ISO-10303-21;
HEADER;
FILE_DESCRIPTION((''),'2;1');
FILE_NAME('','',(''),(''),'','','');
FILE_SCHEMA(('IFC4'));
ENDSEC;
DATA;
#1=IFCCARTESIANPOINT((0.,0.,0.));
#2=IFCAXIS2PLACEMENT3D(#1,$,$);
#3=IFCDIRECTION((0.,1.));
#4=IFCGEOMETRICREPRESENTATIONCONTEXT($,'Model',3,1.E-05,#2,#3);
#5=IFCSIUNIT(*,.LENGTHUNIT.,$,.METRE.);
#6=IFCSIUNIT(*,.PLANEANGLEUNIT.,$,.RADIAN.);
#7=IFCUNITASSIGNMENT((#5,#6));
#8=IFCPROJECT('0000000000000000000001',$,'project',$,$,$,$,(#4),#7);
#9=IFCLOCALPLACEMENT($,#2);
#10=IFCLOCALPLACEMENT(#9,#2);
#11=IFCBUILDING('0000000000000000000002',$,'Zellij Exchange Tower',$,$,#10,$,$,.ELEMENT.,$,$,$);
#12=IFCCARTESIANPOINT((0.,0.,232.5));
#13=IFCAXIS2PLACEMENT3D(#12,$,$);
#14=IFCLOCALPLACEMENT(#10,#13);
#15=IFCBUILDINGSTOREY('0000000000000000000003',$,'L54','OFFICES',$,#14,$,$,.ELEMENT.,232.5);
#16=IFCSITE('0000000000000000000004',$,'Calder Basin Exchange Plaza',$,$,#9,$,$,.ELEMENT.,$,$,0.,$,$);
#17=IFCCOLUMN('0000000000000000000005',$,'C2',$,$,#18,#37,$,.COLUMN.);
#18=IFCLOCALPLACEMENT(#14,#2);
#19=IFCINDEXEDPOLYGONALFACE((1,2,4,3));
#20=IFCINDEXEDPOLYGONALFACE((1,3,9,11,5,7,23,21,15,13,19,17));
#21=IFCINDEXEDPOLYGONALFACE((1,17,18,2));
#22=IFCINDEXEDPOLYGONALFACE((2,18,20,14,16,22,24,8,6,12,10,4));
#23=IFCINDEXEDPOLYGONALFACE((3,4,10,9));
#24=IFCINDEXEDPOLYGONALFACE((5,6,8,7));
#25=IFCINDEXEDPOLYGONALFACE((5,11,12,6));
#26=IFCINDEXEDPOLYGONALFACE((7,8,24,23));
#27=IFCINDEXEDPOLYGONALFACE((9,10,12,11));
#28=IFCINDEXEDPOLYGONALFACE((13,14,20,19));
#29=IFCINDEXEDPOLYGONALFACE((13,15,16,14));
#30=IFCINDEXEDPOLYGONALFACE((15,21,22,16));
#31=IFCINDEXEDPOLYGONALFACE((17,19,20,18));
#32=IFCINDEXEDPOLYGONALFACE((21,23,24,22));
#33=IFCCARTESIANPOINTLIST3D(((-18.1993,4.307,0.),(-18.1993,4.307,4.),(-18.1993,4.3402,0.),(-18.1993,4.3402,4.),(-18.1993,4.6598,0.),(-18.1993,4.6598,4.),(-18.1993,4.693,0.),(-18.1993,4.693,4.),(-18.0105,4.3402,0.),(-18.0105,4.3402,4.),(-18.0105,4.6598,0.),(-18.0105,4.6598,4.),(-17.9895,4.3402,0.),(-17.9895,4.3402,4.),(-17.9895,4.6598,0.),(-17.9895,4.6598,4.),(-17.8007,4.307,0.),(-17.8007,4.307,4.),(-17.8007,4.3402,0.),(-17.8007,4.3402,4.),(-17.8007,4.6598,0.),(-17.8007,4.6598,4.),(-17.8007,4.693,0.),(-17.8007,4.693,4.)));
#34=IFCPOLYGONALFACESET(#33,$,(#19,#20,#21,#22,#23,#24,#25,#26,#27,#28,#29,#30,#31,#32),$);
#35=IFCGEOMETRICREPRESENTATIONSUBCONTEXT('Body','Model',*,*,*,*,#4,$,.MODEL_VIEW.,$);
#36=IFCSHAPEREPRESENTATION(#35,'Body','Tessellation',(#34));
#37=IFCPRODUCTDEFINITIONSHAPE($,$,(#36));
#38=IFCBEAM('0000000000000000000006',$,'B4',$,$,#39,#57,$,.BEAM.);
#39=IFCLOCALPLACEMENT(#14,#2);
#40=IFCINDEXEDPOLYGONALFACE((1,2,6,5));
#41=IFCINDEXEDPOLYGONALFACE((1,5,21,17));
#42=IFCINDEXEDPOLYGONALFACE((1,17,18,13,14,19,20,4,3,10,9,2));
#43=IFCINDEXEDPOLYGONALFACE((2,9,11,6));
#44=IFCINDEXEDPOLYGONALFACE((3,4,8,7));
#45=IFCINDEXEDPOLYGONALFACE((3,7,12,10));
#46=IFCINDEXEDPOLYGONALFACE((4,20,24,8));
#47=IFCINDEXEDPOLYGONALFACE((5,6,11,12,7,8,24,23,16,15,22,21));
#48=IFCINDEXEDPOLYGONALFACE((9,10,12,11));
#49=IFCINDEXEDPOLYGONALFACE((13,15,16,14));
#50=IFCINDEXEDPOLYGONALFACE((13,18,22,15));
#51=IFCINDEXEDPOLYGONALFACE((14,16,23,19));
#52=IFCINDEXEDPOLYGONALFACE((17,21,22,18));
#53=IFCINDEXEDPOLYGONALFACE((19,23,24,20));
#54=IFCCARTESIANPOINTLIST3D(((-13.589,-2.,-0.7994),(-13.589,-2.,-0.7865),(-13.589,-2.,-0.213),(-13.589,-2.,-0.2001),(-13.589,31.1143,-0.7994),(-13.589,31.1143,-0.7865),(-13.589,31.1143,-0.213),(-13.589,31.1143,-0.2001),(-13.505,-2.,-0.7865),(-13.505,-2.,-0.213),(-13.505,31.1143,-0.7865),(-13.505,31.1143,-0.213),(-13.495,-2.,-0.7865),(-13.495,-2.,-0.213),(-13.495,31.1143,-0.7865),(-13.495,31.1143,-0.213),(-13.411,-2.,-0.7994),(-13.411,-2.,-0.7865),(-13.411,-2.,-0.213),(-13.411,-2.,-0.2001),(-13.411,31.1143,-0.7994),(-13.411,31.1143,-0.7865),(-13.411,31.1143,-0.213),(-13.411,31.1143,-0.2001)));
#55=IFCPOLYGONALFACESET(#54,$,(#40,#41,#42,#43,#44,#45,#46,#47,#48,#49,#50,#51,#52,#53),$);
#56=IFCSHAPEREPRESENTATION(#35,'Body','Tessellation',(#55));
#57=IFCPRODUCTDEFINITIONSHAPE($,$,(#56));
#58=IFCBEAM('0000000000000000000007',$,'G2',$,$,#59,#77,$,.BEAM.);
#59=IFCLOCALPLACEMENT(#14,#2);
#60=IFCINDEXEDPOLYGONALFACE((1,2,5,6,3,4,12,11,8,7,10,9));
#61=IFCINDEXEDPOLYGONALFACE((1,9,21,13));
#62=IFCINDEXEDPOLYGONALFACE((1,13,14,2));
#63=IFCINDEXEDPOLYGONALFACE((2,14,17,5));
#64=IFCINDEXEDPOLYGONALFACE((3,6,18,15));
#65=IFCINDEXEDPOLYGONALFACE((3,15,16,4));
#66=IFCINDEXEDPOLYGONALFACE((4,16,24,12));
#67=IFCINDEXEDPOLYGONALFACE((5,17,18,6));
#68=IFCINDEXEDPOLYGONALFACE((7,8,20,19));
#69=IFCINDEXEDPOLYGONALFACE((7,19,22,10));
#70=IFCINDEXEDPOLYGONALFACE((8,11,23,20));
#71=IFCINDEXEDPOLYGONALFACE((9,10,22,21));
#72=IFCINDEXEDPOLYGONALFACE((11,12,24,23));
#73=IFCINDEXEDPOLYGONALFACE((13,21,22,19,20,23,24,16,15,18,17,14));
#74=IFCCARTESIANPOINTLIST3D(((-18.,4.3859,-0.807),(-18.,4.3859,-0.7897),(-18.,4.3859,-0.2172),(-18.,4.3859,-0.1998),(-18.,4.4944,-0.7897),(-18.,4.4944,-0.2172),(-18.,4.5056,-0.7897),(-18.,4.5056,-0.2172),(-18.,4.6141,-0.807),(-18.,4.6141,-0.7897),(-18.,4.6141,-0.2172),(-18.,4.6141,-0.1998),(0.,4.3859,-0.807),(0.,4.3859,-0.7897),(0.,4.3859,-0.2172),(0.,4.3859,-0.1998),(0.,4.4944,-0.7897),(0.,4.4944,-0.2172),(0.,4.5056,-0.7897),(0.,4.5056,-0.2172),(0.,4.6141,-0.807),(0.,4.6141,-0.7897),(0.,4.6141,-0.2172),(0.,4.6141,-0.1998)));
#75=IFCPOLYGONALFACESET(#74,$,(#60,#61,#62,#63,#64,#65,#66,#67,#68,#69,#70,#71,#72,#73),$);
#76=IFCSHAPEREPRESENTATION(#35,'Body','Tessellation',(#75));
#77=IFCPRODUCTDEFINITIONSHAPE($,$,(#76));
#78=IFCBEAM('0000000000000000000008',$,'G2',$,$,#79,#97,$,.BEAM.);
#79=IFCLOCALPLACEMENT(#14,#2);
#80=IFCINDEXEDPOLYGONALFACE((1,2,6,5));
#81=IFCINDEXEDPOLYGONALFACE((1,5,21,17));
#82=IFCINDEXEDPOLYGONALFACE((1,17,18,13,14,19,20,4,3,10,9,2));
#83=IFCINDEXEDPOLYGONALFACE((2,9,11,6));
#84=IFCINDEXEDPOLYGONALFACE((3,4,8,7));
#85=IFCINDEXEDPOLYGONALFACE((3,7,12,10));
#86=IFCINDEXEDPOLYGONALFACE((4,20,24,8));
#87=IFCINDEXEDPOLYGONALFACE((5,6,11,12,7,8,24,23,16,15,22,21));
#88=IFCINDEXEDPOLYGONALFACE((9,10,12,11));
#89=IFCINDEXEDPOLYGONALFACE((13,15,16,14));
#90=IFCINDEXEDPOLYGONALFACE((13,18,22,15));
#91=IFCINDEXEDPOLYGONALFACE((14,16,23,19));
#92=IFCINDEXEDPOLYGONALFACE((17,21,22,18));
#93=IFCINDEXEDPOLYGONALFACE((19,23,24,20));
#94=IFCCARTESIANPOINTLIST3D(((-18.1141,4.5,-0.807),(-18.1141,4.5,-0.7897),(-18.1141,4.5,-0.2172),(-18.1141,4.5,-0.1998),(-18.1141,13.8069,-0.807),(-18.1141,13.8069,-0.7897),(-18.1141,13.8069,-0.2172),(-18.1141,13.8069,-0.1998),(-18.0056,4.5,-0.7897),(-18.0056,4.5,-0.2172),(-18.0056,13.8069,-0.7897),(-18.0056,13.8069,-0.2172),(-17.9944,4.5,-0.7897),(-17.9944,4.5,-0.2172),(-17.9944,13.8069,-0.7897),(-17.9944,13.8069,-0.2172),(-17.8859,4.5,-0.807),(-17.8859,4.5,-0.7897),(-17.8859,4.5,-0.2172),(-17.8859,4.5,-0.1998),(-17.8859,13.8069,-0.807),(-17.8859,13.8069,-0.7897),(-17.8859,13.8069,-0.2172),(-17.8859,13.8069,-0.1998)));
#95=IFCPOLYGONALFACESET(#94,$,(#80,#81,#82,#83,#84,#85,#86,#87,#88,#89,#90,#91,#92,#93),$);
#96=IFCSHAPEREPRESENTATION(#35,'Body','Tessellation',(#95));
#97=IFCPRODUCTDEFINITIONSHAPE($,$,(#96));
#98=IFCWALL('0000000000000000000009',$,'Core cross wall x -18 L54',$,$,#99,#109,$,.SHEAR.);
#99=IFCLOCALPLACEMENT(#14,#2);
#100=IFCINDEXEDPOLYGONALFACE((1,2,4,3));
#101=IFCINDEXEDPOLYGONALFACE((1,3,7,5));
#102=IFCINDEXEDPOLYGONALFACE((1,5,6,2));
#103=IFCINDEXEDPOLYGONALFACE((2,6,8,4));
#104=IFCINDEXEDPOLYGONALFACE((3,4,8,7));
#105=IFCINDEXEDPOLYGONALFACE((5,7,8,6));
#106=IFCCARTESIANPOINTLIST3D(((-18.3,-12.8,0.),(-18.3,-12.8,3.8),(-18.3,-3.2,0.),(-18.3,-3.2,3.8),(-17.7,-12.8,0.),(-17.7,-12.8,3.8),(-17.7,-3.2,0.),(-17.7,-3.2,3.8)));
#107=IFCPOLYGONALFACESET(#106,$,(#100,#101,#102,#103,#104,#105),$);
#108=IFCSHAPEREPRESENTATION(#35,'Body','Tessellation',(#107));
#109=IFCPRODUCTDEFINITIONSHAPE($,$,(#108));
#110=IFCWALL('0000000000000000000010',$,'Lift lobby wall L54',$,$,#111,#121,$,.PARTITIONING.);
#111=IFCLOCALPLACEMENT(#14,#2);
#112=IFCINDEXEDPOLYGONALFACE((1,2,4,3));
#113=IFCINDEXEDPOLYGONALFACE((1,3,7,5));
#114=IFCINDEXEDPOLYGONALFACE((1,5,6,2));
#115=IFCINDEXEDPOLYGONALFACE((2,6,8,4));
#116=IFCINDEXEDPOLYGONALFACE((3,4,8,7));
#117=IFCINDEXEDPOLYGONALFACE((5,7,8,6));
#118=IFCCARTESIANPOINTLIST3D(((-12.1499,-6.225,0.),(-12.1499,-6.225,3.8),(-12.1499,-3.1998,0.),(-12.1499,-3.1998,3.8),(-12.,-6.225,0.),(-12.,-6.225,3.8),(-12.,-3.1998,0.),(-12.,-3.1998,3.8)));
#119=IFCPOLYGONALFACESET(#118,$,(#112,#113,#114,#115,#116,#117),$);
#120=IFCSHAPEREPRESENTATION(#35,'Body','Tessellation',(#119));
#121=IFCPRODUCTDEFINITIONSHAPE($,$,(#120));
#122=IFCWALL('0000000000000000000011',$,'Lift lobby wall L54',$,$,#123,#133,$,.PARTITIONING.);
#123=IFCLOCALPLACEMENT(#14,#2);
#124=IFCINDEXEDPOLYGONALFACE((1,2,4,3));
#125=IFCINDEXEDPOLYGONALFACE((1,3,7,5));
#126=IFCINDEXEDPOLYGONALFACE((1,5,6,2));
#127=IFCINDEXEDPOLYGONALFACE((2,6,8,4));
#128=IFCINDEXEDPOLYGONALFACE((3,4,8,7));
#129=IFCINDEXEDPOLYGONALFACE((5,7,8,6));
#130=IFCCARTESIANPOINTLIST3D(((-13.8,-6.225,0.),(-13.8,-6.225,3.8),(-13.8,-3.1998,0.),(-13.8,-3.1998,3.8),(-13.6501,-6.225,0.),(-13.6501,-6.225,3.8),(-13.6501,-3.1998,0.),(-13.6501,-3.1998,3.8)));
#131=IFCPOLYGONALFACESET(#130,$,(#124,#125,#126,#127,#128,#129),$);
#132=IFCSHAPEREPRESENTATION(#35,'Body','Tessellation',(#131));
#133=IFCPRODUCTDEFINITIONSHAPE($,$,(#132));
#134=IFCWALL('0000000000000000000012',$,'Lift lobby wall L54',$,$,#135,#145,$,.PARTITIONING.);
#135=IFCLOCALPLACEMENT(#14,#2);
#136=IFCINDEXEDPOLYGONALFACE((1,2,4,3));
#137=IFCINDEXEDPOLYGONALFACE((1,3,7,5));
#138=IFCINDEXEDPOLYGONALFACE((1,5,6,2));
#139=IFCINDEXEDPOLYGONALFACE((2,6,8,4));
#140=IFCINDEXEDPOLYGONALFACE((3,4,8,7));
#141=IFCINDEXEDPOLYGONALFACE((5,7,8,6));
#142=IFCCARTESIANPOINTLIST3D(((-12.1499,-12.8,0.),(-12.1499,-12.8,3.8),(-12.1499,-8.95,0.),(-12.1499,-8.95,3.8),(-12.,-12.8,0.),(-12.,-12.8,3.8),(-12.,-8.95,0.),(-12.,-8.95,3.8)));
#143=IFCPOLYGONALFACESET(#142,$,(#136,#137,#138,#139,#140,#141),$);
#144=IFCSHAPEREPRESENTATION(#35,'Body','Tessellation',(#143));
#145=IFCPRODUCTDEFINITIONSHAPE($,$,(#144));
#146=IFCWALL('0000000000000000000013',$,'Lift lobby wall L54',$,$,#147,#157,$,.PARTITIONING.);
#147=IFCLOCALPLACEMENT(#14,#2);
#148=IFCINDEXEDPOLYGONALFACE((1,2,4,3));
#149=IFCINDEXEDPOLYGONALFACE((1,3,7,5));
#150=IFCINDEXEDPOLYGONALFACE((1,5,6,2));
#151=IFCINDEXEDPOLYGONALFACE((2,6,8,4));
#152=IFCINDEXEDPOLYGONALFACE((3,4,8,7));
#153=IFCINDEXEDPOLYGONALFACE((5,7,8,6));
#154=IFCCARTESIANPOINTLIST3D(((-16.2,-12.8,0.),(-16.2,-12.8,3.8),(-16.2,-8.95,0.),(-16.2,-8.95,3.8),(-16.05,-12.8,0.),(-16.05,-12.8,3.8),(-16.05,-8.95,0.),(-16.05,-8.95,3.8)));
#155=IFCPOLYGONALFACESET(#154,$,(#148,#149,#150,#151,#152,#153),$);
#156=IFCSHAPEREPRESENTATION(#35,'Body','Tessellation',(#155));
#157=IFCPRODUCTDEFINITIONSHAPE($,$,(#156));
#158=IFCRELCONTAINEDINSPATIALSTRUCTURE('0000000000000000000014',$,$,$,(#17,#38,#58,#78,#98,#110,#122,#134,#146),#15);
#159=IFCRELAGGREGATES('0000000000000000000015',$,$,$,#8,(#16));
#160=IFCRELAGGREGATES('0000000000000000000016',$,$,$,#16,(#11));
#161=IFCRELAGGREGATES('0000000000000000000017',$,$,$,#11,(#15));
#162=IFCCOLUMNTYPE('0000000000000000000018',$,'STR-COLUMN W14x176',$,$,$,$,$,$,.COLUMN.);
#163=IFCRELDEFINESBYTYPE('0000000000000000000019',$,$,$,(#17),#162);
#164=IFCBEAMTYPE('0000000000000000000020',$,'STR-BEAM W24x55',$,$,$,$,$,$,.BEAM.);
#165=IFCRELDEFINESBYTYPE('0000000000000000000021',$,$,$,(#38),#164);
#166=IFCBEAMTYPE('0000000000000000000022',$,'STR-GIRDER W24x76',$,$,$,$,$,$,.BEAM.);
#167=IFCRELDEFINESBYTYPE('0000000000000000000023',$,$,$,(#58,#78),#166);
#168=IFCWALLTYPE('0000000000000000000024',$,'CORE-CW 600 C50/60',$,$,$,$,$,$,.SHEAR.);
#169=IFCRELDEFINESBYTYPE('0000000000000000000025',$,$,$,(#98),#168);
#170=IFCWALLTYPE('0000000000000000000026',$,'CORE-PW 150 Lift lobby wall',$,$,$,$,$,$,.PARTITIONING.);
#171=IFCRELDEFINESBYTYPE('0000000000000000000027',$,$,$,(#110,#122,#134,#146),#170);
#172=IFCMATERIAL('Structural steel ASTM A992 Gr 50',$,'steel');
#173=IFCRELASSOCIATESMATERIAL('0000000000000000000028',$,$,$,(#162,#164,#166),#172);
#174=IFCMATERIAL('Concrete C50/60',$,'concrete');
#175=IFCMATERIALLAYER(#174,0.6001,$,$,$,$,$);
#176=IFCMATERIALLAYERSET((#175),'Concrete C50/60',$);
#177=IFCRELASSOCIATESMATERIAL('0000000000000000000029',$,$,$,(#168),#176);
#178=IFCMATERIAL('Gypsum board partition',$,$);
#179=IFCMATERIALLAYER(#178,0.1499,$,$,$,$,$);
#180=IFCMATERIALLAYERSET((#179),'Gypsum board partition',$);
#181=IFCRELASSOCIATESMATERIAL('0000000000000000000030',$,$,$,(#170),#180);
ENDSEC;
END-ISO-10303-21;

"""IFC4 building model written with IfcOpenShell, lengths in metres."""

from ifc_helpers import new_model, si_unit, direction, frame, frame_2d, origin, origin_2d, place, context, subcontext, project, spatial, rectangle, i_section, extrude, material, layer, layer_set, material_profile, profile_set, type_object, element, save


model = new_model("IFC4")

# Units and contexts
model_context = context("Model", 3, precision=1e-05, world=origin(), true_north=direction((0.0, 1.0)))
body_context = subcontext(model_context, "Body", "Model", "MODEL_VIEW")
ifc_project = project(units=[si_unit("LENGTHUNIT", "METRE"), si_unit("PLANEANGLEUNIT", "RADIAN")], contexts=[model_context])

# Site, building, storey
site_placement = place(None, origin())
site = spatial("IfcSite", under=ifc_project, at=site_placement, Name="Calder Basin Exchange Plaza", CompositionType="ELEMENT", RefElevation=0.0)
building_placement = place(site_placement, origin())
building = spatial("IfcBuilding", under=site, at=building_placement, Name="Zellij Exchange Tower", CompositionType="ELEMENT")
storey_placement = place(building_placement, frame((0.0, 0.0, 232.5)))
storey = spatial("IfcBuildingStorey", under=building, at=storey_placement, Name="L54", Description="OFFICES", CompositionType="ELEMENT", Elevation=232.5)

# Column
ifc_material_1 = material(Name="Structural steel ASTM A992 Gr 50", Category="steel")
ifc_material_profile_1 = material_profile(ifc_material_1, i_section(OverallWidth=0.3987, OverallDepth=0.386, WebThickness=0.021, FlangeThickness=0.0332, at=origin_2d()), Name="W14x176")
ifc_profile_set_1 = profile_set([ifc_material_profile_1], Name="Structural steel ASTM A992 Gr 50")
column_type = type_object("IfcColumnType", Name="STR-COLUMN W14x176", PredefinedType="COLUMN", material=ifc_profile_set_1)
column_placement = place(storey_placement, frame((-18.0, 4.5, 0.0), z_axis=(0.0, 0.0, 1.0), x_axis=(1.0, 0.0, 0.0)))
element("IfcColumn", 1, at=column_placement, inside=storey, type_object=column_type, Name="C2", PredefinedType="COLUMN", context=body_context, shape_type="SweptSolid", body=[
    extrude(i_section(OverallWidth=0.3987, OverallDepth=0.386, WebThickness=0.021, FlangeThickness=0.0332, at=origin_2d()), origin(), (0.0, 0.0, 1.0), 4.0),
])

# Beams
ifc_material_profile_2 = material_profile(ifc_material_1, i_section(OverallWidth=0.178, OverallDepth=0.5994, WebThickness=0.01, FlangeThickness=0.0129, at=origin_2d()), Name="W24x55")
ifc_profile_set_2 = profile_set([ifc_material_profile_2], Name="Structural steel ASTM A992 Gr 50")
beam_type_1 = type_object("IfcBeamType", Name="STR-BEAM W24x55", PredefinedType="BEAM", material=ifc_profile_set_2)
beam_1_placement = place(storey_placement, frame((-13.5, -2.0, -0.4998), z_axis=(0.0, 1.0, 0.0), x_axis=(-1.0, 0.0, 0.0)))
element("IfcBeam", 2, at=beam_1_placement, inside=storey, type_object=beam_type_1, Name="B4", PredefinedType="BEAM", context=body_context, shape_type="SweptSolid", body=[
    extrude(i_section(OverallWidth=0.178, OverallDepth=0.5994, WebThickness=0.01, FlangeThickness=0.0129, at=origin_2d()), origin(), (0.0, 0.0, 1.0), 33.1143),
])
ifc_material_profile_3 = material_profile(ifc_material_1, i_section(OverallWidth=0.2283, OverallDepth=0.6072, WebThickness=0.0112, FlangeThickness=0.0173, at=origin_2d()), Name="W24x76")
ifc_profile_set_3 = profile_set([ifc_material_profile_3], Name="Structural steel ASTM A992 Gr 50")
beam_type_2 = type_object("IfcBeamType", Name="STR-GIRDER W24x76", PredefinedType="BEAM", material=ifc_profile_set_3)
beam_2_placement = place(storey_placement, frame((-18.0, 4.5, -0.5034), z_axis=(1.0, 0.0, 0.0), x_axis=(0.0, 1.0, 0.0)))
element("IfcBeam", 3, at=beam_2_placement, inside=storey, type_object=beam_type_2, Name="G2", PredefinedType="BEAM", context=body_context, shape_type="SweptSolid", body=[
    extrude(i_section(OverallWidth=0.2283, OverallDepth=0.6072, WebThickness=0.0112, FlangeThickness=0.0173, at=origin_2d()), origin(), (0.0, 0.0, 1.0), 18.0),
])
beam_3_placement = place(storey_placement, frame((-18.0, 4.5, -0.5034), z_axis=(0.0, 1.0, 0.0), x_axis=(-1.0, 0.0, 0.0)))
element("IfcBeam", 4, at=beam_3_placement, inside=storey, type_object=beam_type_2, Name="G2", PredefinedType="BEAM", context=body_context, shape_type="SweptSolid", body=[
    extrude(i_section(OverallWidth=0.2283, OverallDepth=0.6072, WebThickness=0.0112, FlangeThickness=0.0173, at=origin_2d()), origin(), (0.0, 0.0, 1.0), 9.3069),
])

# Walls
ifc_material_2 = material(Name="Concrete C50/60", Category="concrete")
ifc_layer_1 = layer(ifc_material_2, 0.6001)
ifc_layer_set_1 = layer_set([ifc_layer_1], Name="Concrete C50/60")
wall_type_1 = type_object("IfcWallType", Name="CORE-CW 600 C50/60", PredefinedType="SHEAR", material=ifc_layer_set_1)
wall_1_placement = place(storey_placement, frame((-18.0, -12.8, 0.0), z_axis=(0.0, 0.0, 1.0), x_axis=(0.0, 1.0, 0.0)))
element("IfcWall", 5, at=wall_1_placement, inside=storey, type_object=wall_type_1, Name="Core cross wall x -18 L54", PredefinedType="SHEAR", context=body_context, shape_type="SweptSolid", body=[
    extrude(rectangle(XDim=9.6001, YDim=0.6001, at=frame_2d((4.8, 0.0))), origin(), (0.0, 0.0, 1.0), 3.8),
])
ifc_material_3 = material(Name="Gypsum board partition")
ifc_layer_2 = layer(ifc_material_3, 0.1499)
ifc_layer_set_2 = layer_set([ifc_layer_2], Name="Gypsum board partition")
wall_type_2 = type_object("IfcWallType", Name="CORE-PW 150 Lift lobby wall", PredefinedType="PARTITIONING", material=ifc_layer_set_2)
for number, where, z_axis, x_axis, name in (
    (6, (-12.075, -6.2251, 0.0), (0.0, 0.0, 1.0), (0.0, 1.0, 0.0), "Lift lobby wall L54"),
    (7, (-13.7251, -6.2251, 0.0), (0.0, 0.0, 1.0), (0.0, 1.0, 0.0), "Lift lobby wall L54"),
):
    element("IfcWall", number, at=place(storey_placement, frame(where, z_axis=z_axis, x_axis=x_axis)), inside=storey, type_object=wall_type_2, Name=name, PredefinedType="PARTITIONING", context=body_context, shape_type="SweptSolid", body=[
        extrude(rectangle(XDim=3.0251, YDim=0.1499, at=frame_2d((1.5127, 0.0))), origin(), (0.0, 0.0, 1.0), 3.8),
    ])
for number, where, z_axis, x_axis, name in (
    (8, (-12.075, -12.8, 0.0), (0.0, 0.0, 1.0), (0.0, 1.0, 0.0), "Lift lobby wall L54"),
    (9, (-16.125, -12.8, 0.0), (0.0, 0.0, 1.0), (0.0, 1.0, 0.0), "Lift lobby wall L54"),
):
    element("IfcWall", number, at=place(storey_placement, frame(where, z_axis=z_axis, x_axis=x_axis)), inside=storey, type_object=wall_type_2, Name=name, PredefinedType="PARTITIONING", context=body_context, shape_type="SweptSolid", body=[
        extrude(rectangle(XDim=3.8501, YDim=0.1499, at=frame_2d((1.925, 0.0))), origin(), (0.0, 0.0, 1.0), 3.8),
    ])

save(model, "model.ifc")
